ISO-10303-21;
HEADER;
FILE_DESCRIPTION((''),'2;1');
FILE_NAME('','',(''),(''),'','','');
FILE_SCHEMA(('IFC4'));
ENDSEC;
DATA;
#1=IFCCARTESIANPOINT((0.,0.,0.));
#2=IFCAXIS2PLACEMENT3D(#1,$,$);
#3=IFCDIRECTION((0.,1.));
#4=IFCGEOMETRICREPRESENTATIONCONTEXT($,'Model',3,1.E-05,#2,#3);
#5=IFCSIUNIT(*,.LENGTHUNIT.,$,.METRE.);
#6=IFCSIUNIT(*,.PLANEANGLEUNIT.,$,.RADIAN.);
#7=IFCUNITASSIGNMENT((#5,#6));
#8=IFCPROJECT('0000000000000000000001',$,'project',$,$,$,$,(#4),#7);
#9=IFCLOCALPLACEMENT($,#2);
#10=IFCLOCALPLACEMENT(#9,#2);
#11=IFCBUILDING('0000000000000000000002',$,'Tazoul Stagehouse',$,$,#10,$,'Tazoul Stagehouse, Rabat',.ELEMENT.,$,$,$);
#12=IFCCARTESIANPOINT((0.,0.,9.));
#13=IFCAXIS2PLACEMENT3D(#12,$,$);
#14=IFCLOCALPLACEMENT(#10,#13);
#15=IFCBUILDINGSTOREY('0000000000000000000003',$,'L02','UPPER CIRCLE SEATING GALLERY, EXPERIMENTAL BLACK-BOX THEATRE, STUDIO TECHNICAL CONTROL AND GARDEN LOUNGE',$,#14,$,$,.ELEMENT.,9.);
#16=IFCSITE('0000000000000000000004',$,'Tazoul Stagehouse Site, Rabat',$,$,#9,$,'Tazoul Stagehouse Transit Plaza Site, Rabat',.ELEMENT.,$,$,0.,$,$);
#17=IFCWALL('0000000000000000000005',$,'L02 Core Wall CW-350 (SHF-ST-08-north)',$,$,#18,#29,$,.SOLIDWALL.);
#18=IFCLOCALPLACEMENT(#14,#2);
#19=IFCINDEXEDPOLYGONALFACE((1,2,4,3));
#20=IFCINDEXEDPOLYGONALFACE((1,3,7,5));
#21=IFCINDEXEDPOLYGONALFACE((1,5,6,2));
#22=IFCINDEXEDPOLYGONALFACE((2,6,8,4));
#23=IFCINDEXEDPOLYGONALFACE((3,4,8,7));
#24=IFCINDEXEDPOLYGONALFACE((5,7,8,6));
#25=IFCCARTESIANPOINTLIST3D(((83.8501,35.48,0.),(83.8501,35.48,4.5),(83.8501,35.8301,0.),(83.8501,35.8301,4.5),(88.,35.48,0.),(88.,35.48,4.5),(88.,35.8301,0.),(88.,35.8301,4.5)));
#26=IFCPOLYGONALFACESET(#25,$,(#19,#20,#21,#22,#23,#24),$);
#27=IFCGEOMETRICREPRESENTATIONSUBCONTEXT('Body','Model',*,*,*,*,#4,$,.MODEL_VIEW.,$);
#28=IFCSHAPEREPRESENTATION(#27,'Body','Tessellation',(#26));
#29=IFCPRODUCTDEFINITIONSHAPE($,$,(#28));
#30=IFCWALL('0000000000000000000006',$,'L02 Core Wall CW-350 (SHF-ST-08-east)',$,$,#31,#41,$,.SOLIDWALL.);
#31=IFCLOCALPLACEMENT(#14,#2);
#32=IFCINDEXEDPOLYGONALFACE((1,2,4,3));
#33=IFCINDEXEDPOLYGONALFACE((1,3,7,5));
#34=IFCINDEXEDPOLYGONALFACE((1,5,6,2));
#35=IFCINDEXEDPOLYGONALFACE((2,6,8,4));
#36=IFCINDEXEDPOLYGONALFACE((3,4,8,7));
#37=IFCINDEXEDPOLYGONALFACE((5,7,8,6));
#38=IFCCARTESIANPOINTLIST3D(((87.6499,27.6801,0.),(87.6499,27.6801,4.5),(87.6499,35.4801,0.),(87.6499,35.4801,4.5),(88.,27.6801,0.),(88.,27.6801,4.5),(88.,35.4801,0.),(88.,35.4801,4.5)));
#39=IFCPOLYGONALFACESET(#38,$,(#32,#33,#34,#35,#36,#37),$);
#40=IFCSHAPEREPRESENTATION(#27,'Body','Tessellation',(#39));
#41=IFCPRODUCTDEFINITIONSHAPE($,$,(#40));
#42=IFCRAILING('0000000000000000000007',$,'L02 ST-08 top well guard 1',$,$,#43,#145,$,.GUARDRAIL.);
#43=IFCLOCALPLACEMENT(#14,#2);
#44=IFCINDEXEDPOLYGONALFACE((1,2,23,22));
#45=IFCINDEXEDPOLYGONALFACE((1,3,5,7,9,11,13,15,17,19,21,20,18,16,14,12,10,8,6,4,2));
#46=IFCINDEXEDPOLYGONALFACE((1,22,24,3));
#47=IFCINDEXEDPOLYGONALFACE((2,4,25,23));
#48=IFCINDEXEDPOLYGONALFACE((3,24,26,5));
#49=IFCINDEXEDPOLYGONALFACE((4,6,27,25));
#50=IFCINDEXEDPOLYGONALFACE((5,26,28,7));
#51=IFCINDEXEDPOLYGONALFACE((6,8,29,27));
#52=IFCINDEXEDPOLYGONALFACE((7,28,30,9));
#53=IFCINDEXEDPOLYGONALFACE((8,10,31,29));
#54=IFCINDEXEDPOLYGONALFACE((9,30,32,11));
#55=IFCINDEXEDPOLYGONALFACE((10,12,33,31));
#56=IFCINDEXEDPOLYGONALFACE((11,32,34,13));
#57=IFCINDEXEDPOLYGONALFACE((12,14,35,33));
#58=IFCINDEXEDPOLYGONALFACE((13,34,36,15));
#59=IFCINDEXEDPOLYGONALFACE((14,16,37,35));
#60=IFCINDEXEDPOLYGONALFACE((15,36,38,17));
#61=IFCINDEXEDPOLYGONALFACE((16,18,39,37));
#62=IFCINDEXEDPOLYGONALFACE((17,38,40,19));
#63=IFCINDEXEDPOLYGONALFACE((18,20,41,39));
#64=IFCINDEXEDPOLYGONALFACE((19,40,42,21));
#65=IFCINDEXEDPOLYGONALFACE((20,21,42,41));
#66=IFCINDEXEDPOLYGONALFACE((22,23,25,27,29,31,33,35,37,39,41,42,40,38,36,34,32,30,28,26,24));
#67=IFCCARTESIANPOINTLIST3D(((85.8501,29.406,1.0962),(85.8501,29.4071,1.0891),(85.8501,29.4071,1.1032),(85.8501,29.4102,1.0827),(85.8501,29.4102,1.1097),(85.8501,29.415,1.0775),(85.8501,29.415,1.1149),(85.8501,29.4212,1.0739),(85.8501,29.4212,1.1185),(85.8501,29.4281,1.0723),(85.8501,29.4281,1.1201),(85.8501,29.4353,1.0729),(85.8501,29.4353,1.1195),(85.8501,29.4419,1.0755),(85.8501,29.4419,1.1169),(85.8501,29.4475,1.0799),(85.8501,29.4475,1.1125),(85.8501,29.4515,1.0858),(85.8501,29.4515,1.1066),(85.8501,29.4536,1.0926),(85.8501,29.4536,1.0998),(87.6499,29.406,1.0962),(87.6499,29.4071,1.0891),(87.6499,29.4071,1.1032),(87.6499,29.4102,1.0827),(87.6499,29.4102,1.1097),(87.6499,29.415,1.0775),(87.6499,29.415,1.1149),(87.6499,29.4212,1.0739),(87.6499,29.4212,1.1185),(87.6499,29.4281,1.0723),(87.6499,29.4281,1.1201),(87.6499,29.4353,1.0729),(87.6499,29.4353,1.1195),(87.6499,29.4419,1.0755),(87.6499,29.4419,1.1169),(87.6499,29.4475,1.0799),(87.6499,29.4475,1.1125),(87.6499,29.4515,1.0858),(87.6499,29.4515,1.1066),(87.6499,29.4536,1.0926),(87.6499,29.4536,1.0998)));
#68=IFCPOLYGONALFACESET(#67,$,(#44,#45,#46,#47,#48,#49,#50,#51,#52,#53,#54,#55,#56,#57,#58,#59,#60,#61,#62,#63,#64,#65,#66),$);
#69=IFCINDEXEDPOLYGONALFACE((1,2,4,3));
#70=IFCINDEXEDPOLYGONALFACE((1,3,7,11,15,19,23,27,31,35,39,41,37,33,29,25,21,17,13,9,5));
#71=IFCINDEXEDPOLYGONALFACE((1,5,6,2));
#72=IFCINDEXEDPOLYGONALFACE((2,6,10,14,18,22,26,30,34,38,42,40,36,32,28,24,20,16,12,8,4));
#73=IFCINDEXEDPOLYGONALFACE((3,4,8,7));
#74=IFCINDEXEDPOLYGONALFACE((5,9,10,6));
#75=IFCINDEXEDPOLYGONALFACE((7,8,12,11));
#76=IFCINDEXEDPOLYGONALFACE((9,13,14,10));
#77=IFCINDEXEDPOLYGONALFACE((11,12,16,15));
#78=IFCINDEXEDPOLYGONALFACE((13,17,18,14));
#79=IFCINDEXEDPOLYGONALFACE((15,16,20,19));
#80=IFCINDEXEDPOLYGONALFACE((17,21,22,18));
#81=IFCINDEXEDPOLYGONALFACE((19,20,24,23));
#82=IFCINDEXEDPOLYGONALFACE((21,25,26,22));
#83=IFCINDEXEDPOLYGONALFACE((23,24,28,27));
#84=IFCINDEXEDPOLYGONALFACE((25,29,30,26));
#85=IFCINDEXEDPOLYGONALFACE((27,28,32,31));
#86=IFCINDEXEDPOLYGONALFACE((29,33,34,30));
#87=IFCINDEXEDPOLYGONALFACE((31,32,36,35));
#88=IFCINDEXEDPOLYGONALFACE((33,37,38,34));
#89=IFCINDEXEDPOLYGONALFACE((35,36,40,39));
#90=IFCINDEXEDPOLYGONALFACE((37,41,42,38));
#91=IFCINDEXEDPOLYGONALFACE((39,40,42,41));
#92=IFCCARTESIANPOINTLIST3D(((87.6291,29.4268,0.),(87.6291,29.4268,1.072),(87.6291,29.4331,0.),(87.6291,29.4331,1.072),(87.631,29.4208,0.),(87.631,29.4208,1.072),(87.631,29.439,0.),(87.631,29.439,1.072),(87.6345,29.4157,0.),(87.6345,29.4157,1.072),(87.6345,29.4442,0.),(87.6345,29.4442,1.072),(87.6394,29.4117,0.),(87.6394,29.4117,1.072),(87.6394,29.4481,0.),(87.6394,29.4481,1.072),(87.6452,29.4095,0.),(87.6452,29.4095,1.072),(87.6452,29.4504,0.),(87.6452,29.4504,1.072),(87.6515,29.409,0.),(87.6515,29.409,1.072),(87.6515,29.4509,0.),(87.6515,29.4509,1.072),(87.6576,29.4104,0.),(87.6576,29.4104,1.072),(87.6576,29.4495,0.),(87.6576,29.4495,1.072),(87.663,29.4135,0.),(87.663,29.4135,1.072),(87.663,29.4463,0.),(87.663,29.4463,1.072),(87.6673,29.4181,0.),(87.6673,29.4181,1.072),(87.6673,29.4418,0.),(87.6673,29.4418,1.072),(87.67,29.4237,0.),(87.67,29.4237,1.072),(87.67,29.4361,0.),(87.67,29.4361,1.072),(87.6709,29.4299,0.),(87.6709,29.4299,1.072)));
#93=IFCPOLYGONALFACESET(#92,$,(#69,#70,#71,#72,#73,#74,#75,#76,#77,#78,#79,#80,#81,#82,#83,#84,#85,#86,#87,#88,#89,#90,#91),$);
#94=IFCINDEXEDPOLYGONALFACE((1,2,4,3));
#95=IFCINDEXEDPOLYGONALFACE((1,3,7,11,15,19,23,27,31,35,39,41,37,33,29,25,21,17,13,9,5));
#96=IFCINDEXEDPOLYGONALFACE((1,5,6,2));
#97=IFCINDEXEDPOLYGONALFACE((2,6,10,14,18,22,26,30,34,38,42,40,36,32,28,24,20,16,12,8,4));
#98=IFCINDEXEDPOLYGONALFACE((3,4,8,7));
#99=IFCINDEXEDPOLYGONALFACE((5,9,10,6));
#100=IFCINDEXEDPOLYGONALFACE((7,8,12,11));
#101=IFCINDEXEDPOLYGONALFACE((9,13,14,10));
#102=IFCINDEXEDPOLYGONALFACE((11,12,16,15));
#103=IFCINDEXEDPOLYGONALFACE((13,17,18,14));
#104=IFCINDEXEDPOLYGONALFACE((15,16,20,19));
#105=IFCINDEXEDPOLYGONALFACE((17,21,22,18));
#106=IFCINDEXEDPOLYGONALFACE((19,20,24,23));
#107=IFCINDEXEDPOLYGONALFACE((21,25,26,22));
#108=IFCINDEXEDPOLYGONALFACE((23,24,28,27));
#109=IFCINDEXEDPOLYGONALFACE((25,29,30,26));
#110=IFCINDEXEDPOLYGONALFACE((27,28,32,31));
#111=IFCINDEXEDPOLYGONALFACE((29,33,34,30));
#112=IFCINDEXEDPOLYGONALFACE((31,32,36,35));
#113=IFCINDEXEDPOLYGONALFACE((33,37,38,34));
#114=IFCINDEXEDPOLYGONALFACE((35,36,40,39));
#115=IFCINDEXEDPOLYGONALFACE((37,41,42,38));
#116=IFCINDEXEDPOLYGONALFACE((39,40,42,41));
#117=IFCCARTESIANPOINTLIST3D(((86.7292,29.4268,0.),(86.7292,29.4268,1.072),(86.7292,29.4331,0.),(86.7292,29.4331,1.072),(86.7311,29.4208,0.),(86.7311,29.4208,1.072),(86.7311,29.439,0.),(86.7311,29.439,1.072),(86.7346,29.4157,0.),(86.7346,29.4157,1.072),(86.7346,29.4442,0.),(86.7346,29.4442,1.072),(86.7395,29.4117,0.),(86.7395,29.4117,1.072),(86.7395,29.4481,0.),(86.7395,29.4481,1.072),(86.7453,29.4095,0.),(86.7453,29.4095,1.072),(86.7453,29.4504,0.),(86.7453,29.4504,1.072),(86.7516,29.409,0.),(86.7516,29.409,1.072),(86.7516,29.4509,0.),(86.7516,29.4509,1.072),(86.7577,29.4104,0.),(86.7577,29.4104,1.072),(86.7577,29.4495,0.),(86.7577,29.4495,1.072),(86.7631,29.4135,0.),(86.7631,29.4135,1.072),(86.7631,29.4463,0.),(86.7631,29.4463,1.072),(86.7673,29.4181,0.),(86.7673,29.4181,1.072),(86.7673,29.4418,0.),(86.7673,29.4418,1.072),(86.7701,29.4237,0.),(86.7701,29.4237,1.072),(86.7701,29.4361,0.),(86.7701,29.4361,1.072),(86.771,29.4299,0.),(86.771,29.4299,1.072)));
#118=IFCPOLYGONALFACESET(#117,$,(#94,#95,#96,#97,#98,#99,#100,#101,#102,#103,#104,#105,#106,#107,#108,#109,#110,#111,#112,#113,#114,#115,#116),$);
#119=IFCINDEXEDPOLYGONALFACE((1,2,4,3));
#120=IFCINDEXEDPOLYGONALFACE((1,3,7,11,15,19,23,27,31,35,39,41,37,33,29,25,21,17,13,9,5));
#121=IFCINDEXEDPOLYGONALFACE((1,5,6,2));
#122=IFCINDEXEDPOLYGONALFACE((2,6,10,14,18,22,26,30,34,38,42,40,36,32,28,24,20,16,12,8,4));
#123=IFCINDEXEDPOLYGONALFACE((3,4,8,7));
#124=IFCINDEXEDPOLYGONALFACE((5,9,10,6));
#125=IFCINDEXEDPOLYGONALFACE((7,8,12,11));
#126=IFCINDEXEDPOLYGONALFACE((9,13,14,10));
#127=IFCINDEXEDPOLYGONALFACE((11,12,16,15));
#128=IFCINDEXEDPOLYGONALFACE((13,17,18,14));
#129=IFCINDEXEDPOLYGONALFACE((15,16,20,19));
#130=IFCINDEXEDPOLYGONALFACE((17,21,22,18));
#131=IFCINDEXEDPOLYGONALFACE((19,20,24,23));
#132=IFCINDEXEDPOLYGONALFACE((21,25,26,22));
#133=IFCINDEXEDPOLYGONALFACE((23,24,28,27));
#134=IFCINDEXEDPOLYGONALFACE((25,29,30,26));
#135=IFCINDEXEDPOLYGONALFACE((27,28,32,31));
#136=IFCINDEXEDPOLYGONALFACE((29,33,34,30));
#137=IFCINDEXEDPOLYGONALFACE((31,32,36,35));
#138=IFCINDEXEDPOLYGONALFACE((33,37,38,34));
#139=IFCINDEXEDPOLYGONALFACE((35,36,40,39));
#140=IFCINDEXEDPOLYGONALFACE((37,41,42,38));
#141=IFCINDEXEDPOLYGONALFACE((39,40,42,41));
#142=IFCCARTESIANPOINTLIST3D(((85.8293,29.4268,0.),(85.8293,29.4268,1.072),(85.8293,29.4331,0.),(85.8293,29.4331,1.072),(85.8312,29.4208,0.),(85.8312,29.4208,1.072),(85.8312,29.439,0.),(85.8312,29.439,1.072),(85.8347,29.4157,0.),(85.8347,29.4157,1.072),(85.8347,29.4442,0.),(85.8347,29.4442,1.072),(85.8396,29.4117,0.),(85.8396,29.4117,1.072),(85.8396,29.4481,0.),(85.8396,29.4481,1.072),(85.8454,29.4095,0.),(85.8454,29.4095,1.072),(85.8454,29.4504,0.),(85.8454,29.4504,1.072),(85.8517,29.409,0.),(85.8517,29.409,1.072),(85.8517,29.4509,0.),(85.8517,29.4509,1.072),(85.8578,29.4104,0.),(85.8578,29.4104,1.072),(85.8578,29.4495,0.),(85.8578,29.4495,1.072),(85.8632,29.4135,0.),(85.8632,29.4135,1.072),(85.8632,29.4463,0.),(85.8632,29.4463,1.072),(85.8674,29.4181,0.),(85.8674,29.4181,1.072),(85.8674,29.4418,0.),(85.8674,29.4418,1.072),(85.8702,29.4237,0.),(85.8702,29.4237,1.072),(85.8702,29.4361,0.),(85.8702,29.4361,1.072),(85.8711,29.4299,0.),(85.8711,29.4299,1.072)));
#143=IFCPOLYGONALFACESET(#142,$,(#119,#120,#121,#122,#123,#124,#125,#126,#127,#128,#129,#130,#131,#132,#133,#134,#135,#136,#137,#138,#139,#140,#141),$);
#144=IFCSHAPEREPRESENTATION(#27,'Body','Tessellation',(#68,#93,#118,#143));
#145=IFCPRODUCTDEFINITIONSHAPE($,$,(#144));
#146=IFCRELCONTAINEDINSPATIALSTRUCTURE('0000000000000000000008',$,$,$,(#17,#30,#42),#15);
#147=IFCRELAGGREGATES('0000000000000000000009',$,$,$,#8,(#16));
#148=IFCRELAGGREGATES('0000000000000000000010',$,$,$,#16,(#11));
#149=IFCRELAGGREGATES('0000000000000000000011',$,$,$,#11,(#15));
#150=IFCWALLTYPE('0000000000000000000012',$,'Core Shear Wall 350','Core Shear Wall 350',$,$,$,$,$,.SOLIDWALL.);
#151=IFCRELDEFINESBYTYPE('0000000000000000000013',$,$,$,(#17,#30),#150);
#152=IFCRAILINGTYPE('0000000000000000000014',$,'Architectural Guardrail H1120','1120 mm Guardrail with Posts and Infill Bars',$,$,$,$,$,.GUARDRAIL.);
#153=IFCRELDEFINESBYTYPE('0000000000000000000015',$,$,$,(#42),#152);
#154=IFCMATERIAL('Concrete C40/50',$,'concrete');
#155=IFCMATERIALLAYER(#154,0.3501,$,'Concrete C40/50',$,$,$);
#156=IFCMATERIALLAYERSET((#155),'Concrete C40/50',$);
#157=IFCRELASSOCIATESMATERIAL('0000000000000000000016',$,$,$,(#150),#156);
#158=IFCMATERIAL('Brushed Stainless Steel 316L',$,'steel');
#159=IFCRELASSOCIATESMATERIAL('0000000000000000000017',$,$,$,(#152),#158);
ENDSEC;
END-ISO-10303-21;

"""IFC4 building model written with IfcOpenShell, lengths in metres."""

from ifc_helpers import new_model, si_unit, direction, frame, frame_2d, origin, origin_2d, place, context, subcontext, project, spatial, rectangle, circle, extrude, material, layer, layer_set, material_profile, profile_set, type_object, element, save


model = new_model("IFC4")

# Units and contexts
model_context = context("Model", 3, precision=1e-05, world=origin(), true_north=direction((0.0, 1.0)))
body_context = subcontext(model_context, "Body", "Model", "MODEL_VIEW")
ifc_project = project(units=[si_unit("LENGTHUNIT", "METRE"), si_unit("PLANEANGLEUNIT", "RADIAN")], contexts=[model_context])

# Site, building, storey
site_placement = place(None, origin())
site = spatial("IfcSite", under=ifc_project, at=site_placement, Name="Tazoul Stagehouse Site, Rabat", LongName="Tazoul Stagehouse Transit Plaza Site, Rabat", CompositionType="ELEMENT", RefElevation=0.0)
building_placement = place(site_placement, origin())
building = spatial("IfcBuilding", under=site, at=building_placement, Name="Tazoul Stagehouse", LongName="Tazoul Stagehouse, Rabat", CompositionType="ELEMENT")
storey_placement = place(building_placement, frame((0.0, 0.0, 9.0)))
storey = spatial("IfcBuildingStorey", under=building, at=storey_placement, Name="L02", Description="UPPER CIRCLE SEATING GALLERY, EXPERIMENTAL BLACK-BOX THEATRE, STUDIO TECHNICAL CONTROL AND GARDEN LOUNGE", CompositionType="ELEMENT", Elevation=9.0)

# Shared definitions
ifc_material_1 = material(Name="Concrete C40/50", Category="concrete")

# Shared definitions
ifc_layer_1 = layer(ifc_material_1, 0.3501, Name="Concrete C40/50")
ifc_layer_set_1 = layer_set([ifc_layer_1], Name="Concrete C40/50")
wall_type_1 = type_object("IfcWallType", Name="Core Shear Wall 350", Description="Core Shear Wall 350", PredefinedType="SOLIDWALL", material=ifc_layer_set_1)

# Walls
wall_1_placement = place(storey_placement, frame((83.8501, 35.655, 0.0), z_axis=(0.0, 0.0, 1.0), x_axis=(1.0, 0.0, 0.0)))
element("IfcWall", 1, at=wall_1_placement, inside=storey, type_object=wall_type_1, Name="L02 Core Wall CW-350 (SHF-ST-08-north)", PredefinedType="SOLIDWALL", context=body_context, shape_type="SweptSolid", body=[
    extrude(rectangle(XDim=4.1499, YDim=0.3501, at=frame_2d((2.075, 0.0))), origin(), (0.0, 0.0, 1.0), 4.5),
])
wall_2_placement = place(storey_placement, frame((87.825, 35.48, 0.0), z_axis=(0.0, 0.0, 1.0), x_axis=(0.0, -1.0, 0.0)))
element("IfcWall", 2, at=wall_2_placement, inside=storey, type_object=wall_type_1, Name="L02 Core Wall CW-350 (SHF-ST-08-east)", PredefinedType="SOLIDWALL", context=body_context, shape_type="SweptSolid", body=[
    extrude(rectangle(XDim=7.8, YDim=0.3501, at=frame_2d((3.8999, 0.0))), origin(), (0.0, 0.0, 1.0), 4.5),
])

# Railing
ifc_material_2 = material(Name="Brushed Stainless Steel 316L", Category="steel")
ifc_material_profile_1 = material_profile(ifc_material_2, circle(Radius=0.0239, at=origin_2d()), Name="SS RAIL D48")
ifc_profile_set_1 = profile_set([ifc_material_profile_1], Name="Brushed Stainless Steel 316L")
railing_type = type_object("IfcRailingType", Name="Architectural Guardrail H1120", Description="1120 mm Guardrail with Posts and Infill Bars", PredefinedType="GUARDRAIL", material=ifc_profile_set_1)
railing_1_placement = place(storey_placement, frame((87.6499, 29.4299, 0.0)))
element("IfcRailing", 3, at=railing_1_placement, inside=storey, type_object=railing_type, Name="L02 ST-08 top well guard 1", PredefinedType="GUARDRAIL", context=body_context, shape_type="SweptSolid", body=[
    extrude(circle(Radius=0.0239, at=origin_2d()), frame((0.0, 0.0, 1.0962), z_axis=(-1.0, 0.0, 0.0), x_axis=(0.0, -1.0, 0.0)), (0.0, 0.0, 1.0), 1.7998),
    extrude(circle(Radius=0.021, at=origin_2d()), origin(), (0.0, 0.0, 1.0), 1.072),
    extrude(circle(Radius=0.021, at=origin_2d()), frame((-0.8999, 0.0, 0.0)), (0.0, 0.0, 1.0), 1.072),
    extrude(circle(Radius=0.021, at=origin_2d()), frame((-1.7998, 0.0, 0.0)), (0.0, 0.0, 1.0), 1.072),
])

save(model, "model.ifc")
